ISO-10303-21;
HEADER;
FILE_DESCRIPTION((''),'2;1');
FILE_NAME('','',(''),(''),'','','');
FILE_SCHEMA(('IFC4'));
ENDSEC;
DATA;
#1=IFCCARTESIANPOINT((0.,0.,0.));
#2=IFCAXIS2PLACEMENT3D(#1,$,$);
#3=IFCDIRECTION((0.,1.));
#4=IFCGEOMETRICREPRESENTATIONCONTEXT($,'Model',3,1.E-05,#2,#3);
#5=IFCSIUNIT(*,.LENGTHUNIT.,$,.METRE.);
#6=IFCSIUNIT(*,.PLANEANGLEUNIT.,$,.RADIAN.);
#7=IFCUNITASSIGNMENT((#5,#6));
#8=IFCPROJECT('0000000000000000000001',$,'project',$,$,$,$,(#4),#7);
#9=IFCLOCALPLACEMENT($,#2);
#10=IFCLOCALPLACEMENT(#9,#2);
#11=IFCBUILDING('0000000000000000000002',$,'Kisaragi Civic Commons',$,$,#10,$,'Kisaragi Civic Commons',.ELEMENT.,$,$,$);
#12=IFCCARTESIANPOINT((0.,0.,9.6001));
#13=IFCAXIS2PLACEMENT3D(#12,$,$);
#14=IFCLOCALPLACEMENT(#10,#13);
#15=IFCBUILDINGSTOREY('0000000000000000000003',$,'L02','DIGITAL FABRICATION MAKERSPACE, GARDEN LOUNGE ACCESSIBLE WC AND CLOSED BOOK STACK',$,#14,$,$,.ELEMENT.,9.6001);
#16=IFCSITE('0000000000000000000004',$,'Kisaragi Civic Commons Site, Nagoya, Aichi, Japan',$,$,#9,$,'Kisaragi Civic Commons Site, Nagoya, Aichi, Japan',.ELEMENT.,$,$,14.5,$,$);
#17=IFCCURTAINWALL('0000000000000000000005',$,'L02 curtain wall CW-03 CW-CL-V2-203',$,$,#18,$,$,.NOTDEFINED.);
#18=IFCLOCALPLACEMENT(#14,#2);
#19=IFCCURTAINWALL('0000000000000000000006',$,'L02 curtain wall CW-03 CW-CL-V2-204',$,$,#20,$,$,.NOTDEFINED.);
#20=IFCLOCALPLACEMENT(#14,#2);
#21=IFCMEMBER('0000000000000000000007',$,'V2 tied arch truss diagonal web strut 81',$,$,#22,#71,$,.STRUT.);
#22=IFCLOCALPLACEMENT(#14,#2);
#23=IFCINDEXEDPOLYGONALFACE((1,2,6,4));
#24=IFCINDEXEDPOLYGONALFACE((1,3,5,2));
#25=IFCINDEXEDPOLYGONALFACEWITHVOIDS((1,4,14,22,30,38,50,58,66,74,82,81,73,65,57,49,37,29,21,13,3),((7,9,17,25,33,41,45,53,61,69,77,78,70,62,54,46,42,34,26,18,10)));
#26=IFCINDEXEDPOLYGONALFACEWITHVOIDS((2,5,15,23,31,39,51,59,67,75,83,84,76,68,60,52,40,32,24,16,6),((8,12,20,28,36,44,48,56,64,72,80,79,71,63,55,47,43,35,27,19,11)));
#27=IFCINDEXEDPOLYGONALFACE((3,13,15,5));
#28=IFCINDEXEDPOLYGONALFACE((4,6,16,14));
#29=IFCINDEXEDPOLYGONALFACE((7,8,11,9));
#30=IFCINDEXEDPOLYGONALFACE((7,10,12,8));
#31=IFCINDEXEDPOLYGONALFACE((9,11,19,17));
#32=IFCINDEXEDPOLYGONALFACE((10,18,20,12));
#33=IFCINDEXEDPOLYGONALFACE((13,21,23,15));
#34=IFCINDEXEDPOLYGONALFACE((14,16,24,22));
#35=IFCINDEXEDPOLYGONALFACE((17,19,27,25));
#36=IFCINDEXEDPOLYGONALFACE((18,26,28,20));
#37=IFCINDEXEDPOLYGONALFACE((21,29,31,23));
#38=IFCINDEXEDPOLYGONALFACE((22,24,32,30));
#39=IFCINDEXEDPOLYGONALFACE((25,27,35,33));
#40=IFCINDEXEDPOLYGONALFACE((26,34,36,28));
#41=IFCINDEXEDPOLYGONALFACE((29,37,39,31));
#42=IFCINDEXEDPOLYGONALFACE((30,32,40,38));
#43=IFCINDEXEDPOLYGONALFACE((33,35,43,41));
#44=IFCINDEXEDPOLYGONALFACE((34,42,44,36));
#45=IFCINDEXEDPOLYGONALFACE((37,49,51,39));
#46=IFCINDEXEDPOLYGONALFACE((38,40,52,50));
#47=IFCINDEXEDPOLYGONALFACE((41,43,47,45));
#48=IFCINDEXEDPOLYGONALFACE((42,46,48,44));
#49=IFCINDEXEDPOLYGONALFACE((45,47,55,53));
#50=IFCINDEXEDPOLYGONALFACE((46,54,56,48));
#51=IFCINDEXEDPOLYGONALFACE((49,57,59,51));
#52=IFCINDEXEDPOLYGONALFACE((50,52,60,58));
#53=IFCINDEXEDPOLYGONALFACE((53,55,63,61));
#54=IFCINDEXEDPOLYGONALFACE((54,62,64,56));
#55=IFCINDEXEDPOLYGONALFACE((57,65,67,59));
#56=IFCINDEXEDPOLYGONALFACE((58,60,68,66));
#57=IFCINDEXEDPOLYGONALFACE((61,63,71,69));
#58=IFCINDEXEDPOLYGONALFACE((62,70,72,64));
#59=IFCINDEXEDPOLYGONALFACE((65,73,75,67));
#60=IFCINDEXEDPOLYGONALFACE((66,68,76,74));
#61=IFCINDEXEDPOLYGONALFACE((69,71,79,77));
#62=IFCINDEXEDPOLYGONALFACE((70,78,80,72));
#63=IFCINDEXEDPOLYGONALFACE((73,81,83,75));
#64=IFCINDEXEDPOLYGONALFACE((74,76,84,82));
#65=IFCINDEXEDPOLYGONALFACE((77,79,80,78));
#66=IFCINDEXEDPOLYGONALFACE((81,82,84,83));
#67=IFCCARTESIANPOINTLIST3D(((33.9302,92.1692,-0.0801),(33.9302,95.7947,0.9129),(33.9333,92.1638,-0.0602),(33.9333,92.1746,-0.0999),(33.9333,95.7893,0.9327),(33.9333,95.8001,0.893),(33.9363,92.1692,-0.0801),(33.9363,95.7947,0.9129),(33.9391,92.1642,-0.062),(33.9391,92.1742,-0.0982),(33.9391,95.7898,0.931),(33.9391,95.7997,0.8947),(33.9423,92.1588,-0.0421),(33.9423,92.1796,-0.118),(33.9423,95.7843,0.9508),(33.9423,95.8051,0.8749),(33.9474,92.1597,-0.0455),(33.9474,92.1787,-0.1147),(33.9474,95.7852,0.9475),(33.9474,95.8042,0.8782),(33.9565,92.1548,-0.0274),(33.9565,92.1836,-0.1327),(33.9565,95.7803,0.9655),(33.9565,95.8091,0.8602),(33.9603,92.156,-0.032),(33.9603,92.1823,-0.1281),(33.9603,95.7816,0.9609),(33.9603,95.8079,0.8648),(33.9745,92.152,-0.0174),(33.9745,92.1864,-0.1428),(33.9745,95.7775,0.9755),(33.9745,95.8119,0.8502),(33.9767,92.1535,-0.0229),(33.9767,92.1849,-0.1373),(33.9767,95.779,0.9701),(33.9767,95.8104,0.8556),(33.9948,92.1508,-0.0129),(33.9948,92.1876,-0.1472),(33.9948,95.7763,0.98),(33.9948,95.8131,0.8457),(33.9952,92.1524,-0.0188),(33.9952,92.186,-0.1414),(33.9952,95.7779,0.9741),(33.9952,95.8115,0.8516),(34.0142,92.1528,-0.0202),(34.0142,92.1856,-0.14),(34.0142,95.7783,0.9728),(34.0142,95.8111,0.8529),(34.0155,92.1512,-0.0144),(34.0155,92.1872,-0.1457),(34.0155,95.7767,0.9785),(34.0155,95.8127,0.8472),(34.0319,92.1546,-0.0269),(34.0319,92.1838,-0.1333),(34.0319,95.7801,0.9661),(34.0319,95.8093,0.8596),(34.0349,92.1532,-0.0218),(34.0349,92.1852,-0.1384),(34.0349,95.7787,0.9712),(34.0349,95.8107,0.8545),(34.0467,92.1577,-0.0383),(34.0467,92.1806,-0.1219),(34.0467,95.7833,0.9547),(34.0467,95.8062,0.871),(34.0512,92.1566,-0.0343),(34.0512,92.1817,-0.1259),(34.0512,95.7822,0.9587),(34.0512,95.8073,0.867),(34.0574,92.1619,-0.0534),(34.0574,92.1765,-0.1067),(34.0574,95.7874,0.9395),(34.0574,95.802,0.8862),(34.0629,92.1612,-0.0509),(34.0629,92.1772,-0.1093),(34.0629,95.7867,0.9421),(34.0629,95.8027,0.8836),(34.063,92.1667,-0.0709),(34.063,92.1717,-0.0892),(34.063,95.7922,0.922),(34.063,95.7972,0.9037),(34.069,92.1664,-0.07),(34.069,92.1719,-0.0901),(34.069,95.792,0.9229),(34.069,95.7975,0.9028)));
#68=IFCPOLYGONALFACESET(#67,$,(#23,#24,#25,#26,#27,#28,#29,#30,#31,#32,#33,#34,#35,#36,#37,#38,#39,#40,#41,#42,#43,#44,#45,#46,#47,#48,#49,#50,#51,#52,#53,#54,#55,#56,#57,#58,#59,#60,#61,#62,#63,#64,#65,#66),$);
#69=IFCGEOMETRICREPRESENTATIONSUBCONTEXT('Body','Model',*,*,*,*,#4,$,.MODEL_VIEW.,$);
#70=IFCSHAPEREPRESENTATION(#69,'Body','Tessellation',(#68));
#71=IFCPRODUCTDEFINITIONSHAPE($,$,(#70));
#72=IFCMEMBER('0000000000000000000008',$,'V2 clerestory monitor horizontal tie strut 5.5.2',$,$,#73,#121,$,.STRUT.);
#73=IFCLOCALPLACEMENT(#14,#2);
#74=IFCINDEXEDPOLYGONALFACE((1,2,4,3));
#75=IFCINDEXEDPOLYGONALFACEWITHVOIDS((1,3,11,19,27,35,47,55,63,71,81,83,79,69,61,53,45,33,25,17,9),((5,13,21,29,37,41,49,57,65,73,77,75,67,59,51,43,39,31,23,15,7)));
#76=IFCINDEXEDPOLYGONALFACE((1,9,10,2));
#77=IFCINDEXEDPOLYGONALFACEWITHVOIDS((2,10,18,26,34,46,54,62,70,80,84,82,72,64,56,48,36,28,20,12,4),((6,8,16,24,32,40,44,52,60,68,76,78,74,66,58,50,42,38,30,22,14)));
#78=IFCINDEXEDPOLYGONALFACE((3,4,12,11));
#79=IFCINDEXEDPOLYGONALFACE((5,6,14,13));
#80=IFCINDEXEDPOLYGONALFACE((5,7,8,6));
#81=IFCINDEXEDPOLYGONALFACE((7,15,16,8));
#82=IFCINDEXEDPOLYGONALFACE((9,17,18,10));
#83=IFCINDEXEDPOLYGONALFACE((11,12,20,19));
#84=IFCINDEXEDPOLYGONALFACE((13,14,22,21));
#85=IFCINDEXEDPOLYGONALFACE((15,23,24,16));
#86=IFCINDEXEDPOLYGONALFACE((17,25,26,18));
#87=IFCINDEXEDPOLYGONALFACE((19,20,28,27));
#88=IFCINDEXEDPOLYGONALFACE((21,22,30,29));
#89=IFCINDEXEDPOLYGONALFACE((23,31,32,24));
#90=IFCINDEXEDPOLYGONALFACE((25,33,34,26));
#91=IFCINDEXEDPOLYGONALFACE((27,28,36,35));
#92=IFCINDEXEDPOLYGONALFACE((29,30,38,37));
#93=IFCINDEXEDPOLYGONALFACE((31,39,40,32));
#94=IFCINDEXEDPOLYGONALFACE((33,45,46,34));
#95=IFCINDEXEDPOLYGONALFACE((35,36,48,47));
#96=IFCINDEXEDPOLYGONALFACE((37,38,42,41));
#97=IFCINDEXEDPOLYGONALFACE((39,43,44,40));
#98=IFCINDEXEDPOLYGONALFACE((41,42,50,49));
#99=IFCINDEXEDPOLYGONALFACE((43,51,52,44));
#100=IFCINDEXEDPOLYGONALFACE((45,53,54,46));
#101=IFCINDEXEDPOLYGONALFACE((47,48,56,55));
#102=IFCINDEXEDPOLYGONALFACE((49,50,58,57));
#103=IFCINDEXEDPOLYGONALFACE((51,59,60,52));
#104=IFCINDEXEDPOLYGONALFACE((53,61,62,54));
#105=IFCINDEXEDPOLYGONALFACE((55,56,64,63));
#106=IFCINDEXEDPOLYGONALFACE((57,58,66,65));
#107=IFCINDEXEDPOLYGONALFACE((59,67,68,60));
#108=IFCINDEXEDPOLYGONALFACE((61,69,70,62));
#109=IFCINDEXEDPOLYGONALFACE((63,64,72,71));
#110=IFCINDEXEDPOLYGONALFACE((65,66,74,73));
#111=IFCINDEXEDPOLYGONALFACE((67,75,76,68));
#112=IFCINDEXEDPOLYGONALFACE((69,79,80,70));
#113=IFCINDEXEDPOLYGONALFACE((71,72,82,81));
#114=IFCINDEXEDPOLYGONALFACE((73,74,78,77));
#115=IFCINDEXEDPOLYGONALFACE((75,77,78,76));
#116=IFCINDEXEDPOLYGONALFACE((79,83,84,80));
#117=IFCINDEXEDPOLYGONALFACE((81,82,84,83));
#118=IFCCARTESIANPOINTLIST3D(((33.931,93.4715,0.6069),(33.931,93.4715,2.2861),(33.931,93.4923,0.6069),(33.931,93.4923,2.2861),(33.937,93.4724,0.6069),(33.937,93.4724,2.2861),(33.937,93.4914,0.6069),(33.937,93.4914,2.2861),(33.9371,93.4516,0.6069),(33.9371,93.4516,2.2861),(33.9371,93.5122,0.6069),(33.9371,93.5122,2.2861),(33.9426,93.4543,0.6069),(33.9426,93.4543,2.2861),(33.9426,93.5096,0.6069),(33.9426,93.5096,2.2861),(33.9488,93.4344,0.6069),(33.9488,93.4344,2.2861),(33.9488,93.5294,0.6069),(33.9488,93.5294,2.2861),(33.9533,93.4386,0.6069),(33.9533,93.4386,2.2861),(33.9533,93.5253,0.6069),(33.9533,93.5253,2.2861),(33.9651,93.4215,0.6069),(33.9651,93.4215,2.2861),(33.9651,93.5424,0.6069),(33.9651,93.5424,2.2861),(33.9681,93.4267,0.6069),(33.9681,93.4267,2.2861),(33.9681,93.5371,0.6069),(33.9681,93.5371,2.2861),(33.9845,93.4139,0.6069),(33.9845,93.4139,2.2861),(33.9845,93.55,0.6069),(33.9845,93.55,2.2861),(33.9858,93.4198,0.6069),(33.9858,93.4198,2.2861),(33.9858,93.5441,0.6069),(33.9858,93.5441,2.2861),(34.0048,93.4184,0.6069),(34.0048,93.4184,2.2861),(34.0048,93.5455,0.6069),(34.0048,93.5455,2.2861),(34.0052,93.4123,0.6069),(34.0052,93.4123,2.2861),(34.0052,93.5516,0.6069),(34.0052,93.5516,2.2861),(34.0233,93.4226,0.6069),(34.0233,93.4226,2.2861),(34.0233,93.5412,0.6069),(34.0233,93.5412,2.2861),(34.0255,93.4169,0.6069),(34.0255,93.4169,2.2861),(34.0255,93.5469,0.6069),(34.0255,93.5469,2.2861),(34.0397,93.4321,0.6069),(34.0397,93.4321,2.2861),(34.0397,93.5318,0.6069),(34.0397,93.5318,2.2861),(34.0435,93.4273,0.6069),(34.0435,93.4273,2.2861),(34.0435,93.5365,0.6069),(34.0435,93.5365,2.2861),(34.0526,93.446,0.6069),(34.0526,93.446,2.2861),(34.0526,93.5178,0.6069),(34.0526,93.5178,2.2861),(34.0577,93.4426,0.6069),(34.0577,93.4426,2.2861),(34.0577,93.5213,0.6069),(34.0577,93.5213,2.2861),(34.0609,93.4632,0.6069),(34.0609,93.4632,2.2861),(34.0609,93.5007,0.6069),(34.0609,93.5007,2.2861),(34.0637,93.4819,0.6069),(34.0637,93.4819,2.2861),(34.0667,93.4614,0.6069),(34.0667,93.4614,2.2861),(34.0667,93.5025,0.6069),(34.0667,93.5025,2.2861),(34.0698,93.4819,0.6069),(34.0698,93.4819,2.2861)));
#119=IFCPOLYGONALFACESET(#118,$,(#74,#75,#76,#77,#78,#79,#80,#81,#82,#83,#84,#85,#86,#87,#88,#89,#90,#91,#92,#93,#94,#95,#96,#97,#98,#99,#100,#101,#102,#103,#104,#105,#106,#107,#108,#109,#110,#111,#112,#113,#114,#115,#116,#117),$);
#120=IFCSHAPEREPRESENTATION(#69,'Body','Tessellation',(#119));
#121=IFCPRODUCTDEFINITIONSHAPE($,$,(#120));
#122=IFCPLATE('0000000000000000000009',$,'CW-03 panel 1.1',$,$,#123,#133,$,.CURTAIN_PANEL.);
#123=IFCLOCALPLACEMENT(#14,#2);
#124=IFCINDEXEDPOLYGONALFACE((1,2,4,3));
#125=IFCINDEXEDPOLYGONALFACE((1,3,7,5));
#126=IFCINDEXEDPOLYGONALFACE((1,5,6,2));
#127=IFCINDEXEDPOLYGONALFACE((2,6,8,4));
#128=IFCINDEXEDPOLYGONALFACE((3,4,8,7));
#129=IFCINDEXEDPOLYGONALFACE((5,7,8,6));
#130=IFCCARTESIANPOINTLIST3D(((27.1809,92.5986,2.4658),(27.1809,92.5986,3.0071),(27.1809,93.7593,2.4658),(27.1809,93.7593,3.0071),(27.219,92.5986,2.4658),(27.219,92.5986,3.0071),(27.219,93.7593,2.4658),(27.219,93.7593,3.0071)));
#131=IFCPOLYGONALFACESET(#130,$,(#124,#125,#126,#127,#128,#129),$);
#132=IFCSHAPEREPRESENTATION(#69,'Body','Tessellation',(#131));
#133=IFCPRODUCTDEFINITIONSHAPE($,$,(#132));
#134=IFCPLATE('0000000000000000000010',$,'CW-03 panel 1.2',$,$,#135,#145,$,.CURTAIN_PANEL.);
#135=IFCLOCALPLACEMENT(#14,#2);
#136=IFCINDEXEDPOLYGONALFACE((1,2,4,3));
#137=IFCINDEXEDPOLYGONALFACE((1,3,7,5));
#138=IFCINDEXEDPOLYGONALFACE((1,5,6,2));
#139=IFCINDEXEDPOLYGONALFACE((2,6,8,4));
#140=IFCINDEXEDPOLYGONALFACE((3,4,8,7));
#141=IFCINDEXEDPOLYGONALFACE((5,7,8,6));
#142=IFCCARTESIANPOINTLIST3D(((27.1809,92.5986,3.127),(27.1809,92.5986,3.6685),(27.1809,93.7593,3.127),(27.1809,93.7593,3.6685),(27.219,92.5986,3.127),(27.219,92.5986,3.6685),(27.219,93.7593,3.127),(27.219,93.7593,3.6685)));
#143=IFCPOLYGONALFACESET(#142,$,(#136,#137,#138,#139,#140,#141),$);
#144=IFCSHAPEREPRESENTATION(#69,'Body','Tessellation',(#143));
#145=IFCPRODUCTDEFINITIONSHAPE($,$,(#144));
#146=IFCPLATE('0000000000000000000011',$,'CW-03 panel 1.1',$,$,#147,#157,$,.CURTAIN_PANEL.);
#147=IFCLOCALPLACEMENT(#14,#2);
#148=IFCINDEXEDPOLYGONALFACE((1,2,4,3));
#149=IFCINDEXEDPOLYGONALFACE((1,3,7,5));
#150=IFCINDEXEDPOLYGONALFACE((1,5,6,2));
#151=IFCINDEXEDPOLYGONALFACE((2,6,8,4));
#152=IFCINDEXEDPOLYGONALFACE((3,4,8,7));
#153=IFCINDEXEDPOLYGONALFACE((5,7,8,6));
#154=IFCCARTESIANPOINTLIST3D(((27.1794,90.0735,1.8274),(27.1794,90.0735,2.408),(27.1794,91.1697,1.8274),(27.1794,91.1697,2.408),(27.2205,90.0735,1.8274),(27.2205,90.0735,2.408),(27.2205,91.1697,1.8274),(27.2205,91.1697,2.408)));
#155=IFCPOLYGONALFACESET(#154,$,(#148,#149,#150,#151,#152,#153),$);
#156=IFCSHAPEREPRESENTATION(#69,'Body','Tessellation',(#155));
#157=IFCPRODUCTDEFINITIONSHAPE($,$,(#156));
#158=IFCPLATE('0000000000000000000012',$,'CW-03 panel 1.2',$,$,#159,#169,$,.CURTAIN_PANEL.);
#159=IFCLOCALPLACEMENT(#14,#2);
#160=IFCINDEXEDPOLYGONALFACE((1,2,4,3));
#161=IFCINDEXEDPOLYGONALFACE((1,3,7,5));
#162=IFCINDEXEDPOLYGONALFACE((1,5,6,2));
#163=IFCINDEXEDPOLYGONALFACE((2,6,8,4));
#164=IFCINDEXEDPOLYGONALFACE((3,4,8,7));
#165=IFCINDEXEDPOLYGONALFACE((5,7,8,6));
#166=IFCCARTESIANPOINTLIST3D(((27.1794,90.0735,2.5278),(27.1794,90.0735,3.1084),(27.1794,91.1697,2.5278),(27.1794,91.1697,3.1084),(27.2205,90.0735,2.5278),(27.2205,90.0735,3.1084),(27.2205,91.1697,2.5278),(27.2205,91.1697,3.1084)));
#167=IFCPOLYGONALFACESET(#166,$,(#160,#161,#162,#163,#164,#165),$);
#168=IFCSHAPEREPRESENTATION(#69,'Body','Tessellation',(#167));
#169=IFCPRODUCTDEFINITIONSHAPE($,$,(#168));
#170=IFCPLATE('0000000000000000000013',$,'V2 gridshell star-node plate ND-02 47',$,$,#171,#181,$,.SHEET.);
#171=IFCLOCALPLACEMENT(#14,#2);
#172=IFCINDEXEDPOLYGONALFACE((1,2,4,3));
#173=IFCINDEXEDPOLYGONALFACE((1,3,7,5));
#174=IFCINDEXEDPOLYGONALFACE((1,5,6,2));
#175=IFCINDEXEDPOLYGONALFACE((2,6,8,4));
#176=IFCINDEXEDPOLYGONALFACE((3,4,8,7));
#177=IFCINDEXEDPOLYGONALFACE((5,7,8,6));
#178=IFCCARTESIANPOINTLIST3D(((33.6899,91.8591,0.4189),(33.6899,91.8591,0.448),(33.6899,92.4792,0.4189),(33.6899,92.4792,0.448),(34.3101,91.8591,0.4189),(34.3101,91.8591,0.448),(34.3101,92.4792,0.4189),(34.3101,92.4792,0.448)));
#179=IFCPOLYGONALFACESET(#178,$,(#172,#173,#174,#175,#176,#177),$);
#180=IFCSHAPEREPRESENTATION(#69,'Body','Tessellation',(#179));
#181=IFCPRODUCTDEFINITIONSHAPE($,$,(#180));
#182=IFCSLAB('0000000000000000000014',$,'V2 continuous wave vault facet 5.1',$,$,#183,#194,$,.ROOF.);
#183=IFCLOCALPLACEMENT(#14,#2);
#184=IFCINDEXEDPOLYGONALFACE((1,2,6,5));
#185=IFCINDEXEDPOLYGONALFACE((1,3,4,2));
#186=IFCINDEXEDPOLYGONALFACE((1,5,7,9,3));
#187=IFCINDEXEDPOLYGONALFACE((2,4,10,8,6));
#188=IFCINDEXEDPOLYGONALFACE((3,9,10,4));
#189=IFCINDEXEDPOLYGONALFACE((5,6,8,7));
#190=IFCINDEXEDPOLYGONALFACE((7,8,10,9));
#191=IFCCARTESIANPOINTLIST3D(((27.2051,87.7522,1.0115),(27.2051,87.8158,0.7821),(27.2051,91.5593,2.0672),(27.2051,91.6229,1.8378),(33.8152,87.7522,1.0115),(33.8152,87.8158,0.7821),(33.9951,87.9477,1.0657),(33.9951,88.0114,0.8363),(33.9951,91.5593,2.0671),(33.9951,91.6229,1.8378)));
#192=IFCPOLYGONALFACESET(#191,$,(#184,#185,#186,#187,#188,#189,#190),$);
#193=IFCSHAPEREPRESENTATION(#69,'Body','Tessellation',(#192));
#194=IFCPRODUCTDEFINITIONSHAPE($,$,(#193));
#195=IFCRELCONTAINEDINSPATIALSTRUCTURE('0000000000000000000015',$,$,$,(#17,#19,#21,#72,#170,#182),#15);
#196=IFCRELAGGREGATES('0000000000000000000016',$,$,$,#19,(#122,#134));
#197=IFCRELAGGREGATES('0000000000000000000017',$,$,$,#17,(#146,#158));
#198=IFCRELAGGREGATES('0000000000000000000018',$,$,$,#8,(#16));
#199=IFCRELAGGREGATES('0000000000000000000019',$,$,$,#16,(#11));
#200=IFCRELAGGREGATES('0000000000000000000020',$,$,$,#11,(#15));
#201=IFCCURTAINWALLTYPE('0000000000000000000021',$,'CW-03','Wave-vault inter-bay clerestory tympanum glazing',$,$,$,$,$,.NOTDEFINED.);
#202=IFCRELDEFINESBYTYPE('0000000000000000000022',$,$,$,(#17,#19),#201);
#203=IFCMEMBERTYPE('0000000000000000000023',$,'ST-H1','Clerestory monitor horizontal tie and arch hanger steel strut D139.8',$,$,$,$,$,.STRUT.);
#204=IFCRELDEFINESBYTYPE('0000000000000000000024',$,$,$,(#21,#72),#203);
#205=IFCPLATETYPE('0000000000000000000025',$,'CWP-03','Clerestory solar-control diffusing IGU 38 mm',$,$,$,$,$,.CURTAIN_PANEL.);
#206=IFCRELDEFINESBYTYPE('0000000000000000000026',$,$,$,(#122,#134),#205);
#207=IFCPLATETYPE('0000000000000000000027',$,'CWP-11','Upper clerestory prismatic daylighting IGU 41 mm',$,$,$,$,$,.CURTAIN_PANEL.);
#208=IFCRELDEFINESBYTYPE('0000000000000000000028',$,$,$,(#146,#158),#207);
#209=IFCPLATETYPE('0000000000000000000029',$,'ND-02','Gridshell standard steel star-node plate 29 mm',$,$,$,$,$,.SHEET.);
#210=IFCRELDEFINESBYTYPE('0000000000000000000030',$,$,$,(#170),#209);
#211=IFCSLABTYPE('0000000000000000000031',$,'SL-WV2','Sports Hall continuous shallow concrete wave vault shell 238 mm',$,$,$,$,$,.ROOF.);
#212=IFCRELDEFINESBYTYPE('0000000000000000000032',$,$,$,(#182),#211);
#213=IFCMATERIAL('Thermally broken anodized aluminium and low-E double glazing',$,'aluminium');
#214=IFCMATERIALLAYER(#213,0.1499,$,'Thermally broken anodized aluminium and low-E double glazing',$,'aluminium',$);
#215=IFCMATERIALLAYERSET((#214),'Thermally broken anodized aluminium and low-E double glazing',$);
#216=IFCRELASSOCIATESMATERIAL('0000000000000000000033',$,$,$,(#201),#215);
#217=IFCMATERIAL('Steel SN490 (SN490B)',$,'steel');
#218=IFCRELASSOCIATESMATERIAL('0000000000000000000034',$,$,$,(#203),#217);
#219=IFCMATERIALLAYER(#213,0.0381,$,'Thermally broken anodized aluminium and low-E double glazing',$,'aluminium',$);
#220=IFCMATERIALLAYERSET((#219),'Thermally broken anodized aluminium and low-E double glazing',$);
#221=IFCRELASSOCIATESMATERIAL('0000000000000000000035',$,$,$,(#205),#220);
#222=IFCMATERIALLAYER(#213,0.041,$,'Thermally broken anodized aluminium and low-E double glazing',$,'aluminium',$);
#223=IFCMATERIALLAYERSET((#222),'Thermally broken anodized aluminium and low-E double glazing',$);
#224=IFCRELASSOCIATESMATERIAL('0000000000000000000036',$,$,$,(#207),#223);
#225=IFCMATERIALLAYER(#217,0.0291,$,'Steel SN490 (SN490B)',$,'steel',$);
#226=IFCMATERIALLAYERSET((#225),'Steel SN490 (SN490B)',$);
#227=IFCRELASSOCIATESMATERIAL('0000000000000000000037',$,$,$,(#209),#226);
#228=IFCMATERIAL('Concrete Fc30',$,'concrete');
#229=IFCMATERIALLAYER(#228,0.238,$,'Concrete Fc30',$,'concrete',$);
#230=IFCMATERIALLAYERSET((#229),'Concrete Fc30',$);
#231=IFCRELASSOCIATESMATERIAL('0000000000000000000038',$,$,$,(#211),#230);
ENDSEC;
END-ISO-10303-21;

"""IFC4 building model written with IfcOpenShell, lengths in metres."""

from ifc_helpers import new_model, si_unit, direction, frame, origin, origin_2d, place, context, subcontext, project, spatial, polyline, rectangle, hollow_circle, outline, extrude, material, layer, layer_set, material_profile, profile_set, type_object, element, aggregate, save


model = new_model("IFC4")

# Units and contexts
model_context = context("Model", 3, precision=1e-05, world=origin(), true_north=direction((0.0, 1.0)))
body_context = subcontext(model_context, "Body", "Model", "MODEL_VIEW")
ifc_project = project(units=[si_unit("LENGTHUNIT", "METRE"), si_unit("PLANEANGLEUNIT", "RADIAN")], contexts=[model_context])

# Site, building, storey
site_placement = place(None, origin())
site = spatial("IfcSite", under=ifc_project, at=site_placement, Name="Kisaragi Civic Commons Site, Nagoya, Aichi, Japan", LongName="Kisaragi Civic Commons Site, Nagoya, Aichi, Japan", CompositionType="ELEMENT", RefElevation=14.5)
building_placement = place(site_placement, origin())
building = spatial("IfcBuilding", under=site, at=building_placement, Name="Kisaragi Civic Commons", LongName="Kisaragi Civic Commons", CompositionType="ELEMENT")
storey_placement = place(building_placement, frame((0.0, 0.0, 9.6001)))
storey = spatial("IfcBuildingStorey", under=building, at=storey_placement, Name="L02", Description="DIGITAL FABRICATION MAKERSPACE, GARDEN LOUNGE ACCESSIBLE WC AND CLOSED BOOK STACK", CompositionType="ELEMENT", Elevation=9.6001)

# Curtain wall
ifc_material_1 = material(Name="Thermally broken anodized aluminium and low-E double glazing", Category="aluminium")
ifc_layer_1 = layer(ifc_material_1, 0.1499, Name="Thermally broken anodized aluminium and low-E double glazing", Category="aluminium")
ifc_layer_set_1 = layer_set([ifc_layer_1], Name="Thermally broken anodized aluminium and low-E double glazing")
curtain_wall_type = type_object("IfcCurtainWallType", Name="CW-03", Description="Wave-vault inter-bay clerestory tympanum glazing", PredefinedType="NOTDEFINED", material=ifc_layer_set_1)
curtain_wall_1_placement = place(storey_placement, origin())
curtain_wall_1 = element("IfcCurtainWall", 1, at=curtain_wall_1_placement, inside=storey, type_object=curtain_wall_type, Name="L02 curtain wall CW-03 CW-CL-V2-203", PredefinedType="NOTDEFINED")

# Curtain wall
curtain_wall_2_placement = place(storey_placement, origin())
curtain_wall_2 = element("IfcCurtainWall", 2, at=curtain_wall_2_placement, inside=storey, type_object=curtain_wall_type, Name="L02 curtain wall CW-03 CW-CL-V2-204", PredefinedType="NOTDEFINED")

# Members
ifc_material_2 = material(Name="Steel SN490 (SN490B)", Category="steel")
ifc_material_profile_1 = material_profile(ifc_material_2, hollow_circle(Radius=0.0698, WallThickness=0.0061, at=origin_2d()), Name="CHS-139.8x6.0", Category="steel")
ifc_profile_set_1 = profile_set([ifc_material_profile_1], Name="Steel SN490 (SN490B)")
member_type_1 = type_object("IfcMemberType", Name="ST-H1", Description="Clerestory monitor horizontal tie and arch hanger steel strut D139.8", PredefinedType="STRUT", material=ifc_profile_set_1)
member_1_placement = place(storey_placement, frame((34.0, 92.1692, -0.0801), z_axis=(0.0, 0.964483, 0.264145), x_axis=(-1.0, 0.0, 0.0)))
element("IfcMember", 3, at=member_1_placement, inside=storey, type_object=member_type_1, Name="V2 tied arch truss diagonal web strut 81", PredefinedType="STRUT", context=body_context, shape_type="SweptSolid", body=[
    extrude(hollow_circle(Radius=0.0698, WallThickness=0.0061, at=origin_2d()), origin(), (0.0, 0.0, 1.0), 3.759),
])
member_2_placement = place(storey_placement, frame((34.0, 93.4819, 0.6069), z_axis=(0.0, 0.0, 1.0), x_axis=(1.0, 0.0, 0.0)))
element("IfcMember", 4, at=member_2_placement, inside=storey, type_object=member_type_1, Name="V2 clerestory monitor horizontal tie strut 5.5.2", PredefinedType="STRUT", context=body_context, shape_type="SweptSolid", body=[
    extrude(hollow_circle(Radius=0.0698, WallThickness=0.0061, at=origin_2d()), origin(), (0.0, 0.0, 1.0), 1.6792),
])

# Plates
ifc_layer_2 = layer(ifc_material_1, 0.0381, Name="Thermally broken anodized aluminium and low-E double glazing", Category="aluminium")
ifc_layer_set_2 = layer_set([ifc_layer_2], Name="Thermally broken anodized aluminium and low-E double glazing")
plate_type_1 = type_object("IfcPlateType", Name="CWP-03", Description="Clerestory solar-control diffusing IGU 38 mm", PredefinedType="CURTAIN_PANEL", material=ifc_layer_set_2)
plate_1_placement = place(storey_placement, frame((27.2, 93.179, 2.4658), z_axis=(0.0, 0.0, 1.0), x_axis=(0.0, 1.0, 0.0)))
plate_1 = element("IfcPlate", 5, at=plate_1_placement, type_object=plate_type_1, Name="CW-03 panel 1.1", PredefinedType="CURTAIN_PANEL", context=body_context, shape_type="SweptSolid", body=[
    extrude(rectangle(XDim=1.1606, YDim=0.0381, at=origin_2d()), origin(), (0.0, 0.0, 1.0), 0.5413),
])
plate_2_placement = place(storey_placement, frame((27.2, 93.179, 3.127), z_axis=(0.0, 0.0, 1.0), x_axis=(0.0, 1.0, 0.0)))
plate_2 = element("IfcPlate", 6, at=plate_2_placement, type_object=plate_type_1, Name="CW-03 panel 1.2", PredefinedType="CURTAIN_PANEL", context=body_context, shape_type="SweptSolid", body=[
    extrude(rectangle(XDim=1.1606, YDim=0.0381, at=origin_2d()), origin(), (0.0, 0.0, 1.0), 0.5415),
])
aggregate(curtain_wall_2, [plate_1, plate_2])
ifc_layer_3 = layer(ifc_material_1, 0.041, Name="Thermally broken anodized aluminium and low-E double glazing", Category="aluminium")
ifc_layer_set_3 = layer_set([ifc_layer_3], Name="Thermally broken anodized aluminium and low-E double glazing")
plate_type_2 = type_object("IfcPlateType", Name="CWP-11", Description="Upper clerestory prismatic daylighting IGU 41 mm", PredefinedType="CURTAIN_PANEL", material=ifc_layer_set_3)
plate_3_placement = place(storey_placement, frame((27.2, 90.6216, 1.8274), z_axis=(0.0, 0.0, 1.0), x_axis=(0.0, 1.0, 0.0)))
plate_3 = element("IfcPlate", 7, at=plate_3_placement, type_object=plate_type_2, Name="CW-03 panel 1.1", PredefinedType="CURTAIN_PANEL", context=body_context, shape_type="SweptSolid", body=[
    extrude(rectangle(XDim=1.0962, YDim=0.041, at=origin_2d()), origin(), (0.0, 0.0, 1.0), 0.5806),
])
plate_4_placement = place(storey_placement, frame((27.2, 90.6216, 2.5278), z_axis=(0.0, 0.0, 1.0), x_axis=(0.0, 1.0, 0.0)))
plate_4 = element("IfcPlate", 8, at=plate_4_placement, type_object=plate_type_2, Name="CW-03 panel 1.2", PredefinedType="CURTAIN_PANEL", context=body_context, shape_type="SweptSolid", body=[
    extrude(rectangle(XDim=1.0962, YDim=0.041, at=origin_2d()), origin(), (0.0, 0.0, 1.0), 0.5806),
])
aggregate(curtain_wall_1, [plate_3, plate_4])
ifc_layer_4 = layer(ifc_material_2, 0.0291, Name="Steel SN490 (SN490B)", Category="steel")
ifc_layer_set_4 = layer_set([ifc_layer_4], Name="Steel SN490 (SN490B)")
plate_type_3 = type_object("IfcPlateType", Name="ND-02", Description="Gridshell standard steel star-node plate 29 mm", PredefinedType="SHEET", material=ifc_layer_set_4)
plate_5_placement = place(storey_placement, frame((34.0, 92.1692, 0.4189), z_axis=(0.0, 0.0, 1.0), x_axis=(1.0, 0.0, 0.0)))
element("IfcPlate", 9, at=plate_5_placement, inside=storey, type_object=plate_type_3, Name="V2 gridshell star-node plate ND-02 47", PredefinedType="SHEET", context=body_context, shape_type="SweptSolid", body=[
    extrude(rectangle(XDim=0.6201, YDim=0.6201, at=origin_2d()), origin(), (0.0, 0.0, 1.0), 0.0291),
])

# Slab
ifc_material_3 = material(Name="Concrete Fc30", Category="concrete")
ifc_layer_5 = layer(ifc_material_3, 0.238, Name="Concrete Fc30", Category="concrete")
ifc_layer_set_5 = layer_set([ifc_layer_5], Name="Concrete Fc30")
slab_type = type_object("IfcSlabType", Name="SL-WV2", Description="Sports Hall continuous shallow concrete wave vault shell 238 mm", PredefinedType="ROOF", material=ifc_layer_set_5)
slab_placement = place(storey_placement, frame((33.9951, 91.5593, 2.0671), z_axis=(0.000002, -0.267204, 0.96364), x_axis=(-1.0, 0.0, 0.000002)))
element("IfcSlab", 10, at=slab_placement, inside=storey, type_object=slab_type, Name="V2 continuous wave vault facet 5.1", PredefinedType="ROOF", context=body_context, shape_type="SweptSolid", body=[
    extrude(outline(polyline([(0.0, 0.0), (6.79, 0.0), (6.79, 3.9508), (0.1799, 3.9508), (0.0, 3.7479), (0.0, 0.0)])), origin(), (0.0, 0.0, -1.0), 0.238),
])

save(model, "model.ifc")
